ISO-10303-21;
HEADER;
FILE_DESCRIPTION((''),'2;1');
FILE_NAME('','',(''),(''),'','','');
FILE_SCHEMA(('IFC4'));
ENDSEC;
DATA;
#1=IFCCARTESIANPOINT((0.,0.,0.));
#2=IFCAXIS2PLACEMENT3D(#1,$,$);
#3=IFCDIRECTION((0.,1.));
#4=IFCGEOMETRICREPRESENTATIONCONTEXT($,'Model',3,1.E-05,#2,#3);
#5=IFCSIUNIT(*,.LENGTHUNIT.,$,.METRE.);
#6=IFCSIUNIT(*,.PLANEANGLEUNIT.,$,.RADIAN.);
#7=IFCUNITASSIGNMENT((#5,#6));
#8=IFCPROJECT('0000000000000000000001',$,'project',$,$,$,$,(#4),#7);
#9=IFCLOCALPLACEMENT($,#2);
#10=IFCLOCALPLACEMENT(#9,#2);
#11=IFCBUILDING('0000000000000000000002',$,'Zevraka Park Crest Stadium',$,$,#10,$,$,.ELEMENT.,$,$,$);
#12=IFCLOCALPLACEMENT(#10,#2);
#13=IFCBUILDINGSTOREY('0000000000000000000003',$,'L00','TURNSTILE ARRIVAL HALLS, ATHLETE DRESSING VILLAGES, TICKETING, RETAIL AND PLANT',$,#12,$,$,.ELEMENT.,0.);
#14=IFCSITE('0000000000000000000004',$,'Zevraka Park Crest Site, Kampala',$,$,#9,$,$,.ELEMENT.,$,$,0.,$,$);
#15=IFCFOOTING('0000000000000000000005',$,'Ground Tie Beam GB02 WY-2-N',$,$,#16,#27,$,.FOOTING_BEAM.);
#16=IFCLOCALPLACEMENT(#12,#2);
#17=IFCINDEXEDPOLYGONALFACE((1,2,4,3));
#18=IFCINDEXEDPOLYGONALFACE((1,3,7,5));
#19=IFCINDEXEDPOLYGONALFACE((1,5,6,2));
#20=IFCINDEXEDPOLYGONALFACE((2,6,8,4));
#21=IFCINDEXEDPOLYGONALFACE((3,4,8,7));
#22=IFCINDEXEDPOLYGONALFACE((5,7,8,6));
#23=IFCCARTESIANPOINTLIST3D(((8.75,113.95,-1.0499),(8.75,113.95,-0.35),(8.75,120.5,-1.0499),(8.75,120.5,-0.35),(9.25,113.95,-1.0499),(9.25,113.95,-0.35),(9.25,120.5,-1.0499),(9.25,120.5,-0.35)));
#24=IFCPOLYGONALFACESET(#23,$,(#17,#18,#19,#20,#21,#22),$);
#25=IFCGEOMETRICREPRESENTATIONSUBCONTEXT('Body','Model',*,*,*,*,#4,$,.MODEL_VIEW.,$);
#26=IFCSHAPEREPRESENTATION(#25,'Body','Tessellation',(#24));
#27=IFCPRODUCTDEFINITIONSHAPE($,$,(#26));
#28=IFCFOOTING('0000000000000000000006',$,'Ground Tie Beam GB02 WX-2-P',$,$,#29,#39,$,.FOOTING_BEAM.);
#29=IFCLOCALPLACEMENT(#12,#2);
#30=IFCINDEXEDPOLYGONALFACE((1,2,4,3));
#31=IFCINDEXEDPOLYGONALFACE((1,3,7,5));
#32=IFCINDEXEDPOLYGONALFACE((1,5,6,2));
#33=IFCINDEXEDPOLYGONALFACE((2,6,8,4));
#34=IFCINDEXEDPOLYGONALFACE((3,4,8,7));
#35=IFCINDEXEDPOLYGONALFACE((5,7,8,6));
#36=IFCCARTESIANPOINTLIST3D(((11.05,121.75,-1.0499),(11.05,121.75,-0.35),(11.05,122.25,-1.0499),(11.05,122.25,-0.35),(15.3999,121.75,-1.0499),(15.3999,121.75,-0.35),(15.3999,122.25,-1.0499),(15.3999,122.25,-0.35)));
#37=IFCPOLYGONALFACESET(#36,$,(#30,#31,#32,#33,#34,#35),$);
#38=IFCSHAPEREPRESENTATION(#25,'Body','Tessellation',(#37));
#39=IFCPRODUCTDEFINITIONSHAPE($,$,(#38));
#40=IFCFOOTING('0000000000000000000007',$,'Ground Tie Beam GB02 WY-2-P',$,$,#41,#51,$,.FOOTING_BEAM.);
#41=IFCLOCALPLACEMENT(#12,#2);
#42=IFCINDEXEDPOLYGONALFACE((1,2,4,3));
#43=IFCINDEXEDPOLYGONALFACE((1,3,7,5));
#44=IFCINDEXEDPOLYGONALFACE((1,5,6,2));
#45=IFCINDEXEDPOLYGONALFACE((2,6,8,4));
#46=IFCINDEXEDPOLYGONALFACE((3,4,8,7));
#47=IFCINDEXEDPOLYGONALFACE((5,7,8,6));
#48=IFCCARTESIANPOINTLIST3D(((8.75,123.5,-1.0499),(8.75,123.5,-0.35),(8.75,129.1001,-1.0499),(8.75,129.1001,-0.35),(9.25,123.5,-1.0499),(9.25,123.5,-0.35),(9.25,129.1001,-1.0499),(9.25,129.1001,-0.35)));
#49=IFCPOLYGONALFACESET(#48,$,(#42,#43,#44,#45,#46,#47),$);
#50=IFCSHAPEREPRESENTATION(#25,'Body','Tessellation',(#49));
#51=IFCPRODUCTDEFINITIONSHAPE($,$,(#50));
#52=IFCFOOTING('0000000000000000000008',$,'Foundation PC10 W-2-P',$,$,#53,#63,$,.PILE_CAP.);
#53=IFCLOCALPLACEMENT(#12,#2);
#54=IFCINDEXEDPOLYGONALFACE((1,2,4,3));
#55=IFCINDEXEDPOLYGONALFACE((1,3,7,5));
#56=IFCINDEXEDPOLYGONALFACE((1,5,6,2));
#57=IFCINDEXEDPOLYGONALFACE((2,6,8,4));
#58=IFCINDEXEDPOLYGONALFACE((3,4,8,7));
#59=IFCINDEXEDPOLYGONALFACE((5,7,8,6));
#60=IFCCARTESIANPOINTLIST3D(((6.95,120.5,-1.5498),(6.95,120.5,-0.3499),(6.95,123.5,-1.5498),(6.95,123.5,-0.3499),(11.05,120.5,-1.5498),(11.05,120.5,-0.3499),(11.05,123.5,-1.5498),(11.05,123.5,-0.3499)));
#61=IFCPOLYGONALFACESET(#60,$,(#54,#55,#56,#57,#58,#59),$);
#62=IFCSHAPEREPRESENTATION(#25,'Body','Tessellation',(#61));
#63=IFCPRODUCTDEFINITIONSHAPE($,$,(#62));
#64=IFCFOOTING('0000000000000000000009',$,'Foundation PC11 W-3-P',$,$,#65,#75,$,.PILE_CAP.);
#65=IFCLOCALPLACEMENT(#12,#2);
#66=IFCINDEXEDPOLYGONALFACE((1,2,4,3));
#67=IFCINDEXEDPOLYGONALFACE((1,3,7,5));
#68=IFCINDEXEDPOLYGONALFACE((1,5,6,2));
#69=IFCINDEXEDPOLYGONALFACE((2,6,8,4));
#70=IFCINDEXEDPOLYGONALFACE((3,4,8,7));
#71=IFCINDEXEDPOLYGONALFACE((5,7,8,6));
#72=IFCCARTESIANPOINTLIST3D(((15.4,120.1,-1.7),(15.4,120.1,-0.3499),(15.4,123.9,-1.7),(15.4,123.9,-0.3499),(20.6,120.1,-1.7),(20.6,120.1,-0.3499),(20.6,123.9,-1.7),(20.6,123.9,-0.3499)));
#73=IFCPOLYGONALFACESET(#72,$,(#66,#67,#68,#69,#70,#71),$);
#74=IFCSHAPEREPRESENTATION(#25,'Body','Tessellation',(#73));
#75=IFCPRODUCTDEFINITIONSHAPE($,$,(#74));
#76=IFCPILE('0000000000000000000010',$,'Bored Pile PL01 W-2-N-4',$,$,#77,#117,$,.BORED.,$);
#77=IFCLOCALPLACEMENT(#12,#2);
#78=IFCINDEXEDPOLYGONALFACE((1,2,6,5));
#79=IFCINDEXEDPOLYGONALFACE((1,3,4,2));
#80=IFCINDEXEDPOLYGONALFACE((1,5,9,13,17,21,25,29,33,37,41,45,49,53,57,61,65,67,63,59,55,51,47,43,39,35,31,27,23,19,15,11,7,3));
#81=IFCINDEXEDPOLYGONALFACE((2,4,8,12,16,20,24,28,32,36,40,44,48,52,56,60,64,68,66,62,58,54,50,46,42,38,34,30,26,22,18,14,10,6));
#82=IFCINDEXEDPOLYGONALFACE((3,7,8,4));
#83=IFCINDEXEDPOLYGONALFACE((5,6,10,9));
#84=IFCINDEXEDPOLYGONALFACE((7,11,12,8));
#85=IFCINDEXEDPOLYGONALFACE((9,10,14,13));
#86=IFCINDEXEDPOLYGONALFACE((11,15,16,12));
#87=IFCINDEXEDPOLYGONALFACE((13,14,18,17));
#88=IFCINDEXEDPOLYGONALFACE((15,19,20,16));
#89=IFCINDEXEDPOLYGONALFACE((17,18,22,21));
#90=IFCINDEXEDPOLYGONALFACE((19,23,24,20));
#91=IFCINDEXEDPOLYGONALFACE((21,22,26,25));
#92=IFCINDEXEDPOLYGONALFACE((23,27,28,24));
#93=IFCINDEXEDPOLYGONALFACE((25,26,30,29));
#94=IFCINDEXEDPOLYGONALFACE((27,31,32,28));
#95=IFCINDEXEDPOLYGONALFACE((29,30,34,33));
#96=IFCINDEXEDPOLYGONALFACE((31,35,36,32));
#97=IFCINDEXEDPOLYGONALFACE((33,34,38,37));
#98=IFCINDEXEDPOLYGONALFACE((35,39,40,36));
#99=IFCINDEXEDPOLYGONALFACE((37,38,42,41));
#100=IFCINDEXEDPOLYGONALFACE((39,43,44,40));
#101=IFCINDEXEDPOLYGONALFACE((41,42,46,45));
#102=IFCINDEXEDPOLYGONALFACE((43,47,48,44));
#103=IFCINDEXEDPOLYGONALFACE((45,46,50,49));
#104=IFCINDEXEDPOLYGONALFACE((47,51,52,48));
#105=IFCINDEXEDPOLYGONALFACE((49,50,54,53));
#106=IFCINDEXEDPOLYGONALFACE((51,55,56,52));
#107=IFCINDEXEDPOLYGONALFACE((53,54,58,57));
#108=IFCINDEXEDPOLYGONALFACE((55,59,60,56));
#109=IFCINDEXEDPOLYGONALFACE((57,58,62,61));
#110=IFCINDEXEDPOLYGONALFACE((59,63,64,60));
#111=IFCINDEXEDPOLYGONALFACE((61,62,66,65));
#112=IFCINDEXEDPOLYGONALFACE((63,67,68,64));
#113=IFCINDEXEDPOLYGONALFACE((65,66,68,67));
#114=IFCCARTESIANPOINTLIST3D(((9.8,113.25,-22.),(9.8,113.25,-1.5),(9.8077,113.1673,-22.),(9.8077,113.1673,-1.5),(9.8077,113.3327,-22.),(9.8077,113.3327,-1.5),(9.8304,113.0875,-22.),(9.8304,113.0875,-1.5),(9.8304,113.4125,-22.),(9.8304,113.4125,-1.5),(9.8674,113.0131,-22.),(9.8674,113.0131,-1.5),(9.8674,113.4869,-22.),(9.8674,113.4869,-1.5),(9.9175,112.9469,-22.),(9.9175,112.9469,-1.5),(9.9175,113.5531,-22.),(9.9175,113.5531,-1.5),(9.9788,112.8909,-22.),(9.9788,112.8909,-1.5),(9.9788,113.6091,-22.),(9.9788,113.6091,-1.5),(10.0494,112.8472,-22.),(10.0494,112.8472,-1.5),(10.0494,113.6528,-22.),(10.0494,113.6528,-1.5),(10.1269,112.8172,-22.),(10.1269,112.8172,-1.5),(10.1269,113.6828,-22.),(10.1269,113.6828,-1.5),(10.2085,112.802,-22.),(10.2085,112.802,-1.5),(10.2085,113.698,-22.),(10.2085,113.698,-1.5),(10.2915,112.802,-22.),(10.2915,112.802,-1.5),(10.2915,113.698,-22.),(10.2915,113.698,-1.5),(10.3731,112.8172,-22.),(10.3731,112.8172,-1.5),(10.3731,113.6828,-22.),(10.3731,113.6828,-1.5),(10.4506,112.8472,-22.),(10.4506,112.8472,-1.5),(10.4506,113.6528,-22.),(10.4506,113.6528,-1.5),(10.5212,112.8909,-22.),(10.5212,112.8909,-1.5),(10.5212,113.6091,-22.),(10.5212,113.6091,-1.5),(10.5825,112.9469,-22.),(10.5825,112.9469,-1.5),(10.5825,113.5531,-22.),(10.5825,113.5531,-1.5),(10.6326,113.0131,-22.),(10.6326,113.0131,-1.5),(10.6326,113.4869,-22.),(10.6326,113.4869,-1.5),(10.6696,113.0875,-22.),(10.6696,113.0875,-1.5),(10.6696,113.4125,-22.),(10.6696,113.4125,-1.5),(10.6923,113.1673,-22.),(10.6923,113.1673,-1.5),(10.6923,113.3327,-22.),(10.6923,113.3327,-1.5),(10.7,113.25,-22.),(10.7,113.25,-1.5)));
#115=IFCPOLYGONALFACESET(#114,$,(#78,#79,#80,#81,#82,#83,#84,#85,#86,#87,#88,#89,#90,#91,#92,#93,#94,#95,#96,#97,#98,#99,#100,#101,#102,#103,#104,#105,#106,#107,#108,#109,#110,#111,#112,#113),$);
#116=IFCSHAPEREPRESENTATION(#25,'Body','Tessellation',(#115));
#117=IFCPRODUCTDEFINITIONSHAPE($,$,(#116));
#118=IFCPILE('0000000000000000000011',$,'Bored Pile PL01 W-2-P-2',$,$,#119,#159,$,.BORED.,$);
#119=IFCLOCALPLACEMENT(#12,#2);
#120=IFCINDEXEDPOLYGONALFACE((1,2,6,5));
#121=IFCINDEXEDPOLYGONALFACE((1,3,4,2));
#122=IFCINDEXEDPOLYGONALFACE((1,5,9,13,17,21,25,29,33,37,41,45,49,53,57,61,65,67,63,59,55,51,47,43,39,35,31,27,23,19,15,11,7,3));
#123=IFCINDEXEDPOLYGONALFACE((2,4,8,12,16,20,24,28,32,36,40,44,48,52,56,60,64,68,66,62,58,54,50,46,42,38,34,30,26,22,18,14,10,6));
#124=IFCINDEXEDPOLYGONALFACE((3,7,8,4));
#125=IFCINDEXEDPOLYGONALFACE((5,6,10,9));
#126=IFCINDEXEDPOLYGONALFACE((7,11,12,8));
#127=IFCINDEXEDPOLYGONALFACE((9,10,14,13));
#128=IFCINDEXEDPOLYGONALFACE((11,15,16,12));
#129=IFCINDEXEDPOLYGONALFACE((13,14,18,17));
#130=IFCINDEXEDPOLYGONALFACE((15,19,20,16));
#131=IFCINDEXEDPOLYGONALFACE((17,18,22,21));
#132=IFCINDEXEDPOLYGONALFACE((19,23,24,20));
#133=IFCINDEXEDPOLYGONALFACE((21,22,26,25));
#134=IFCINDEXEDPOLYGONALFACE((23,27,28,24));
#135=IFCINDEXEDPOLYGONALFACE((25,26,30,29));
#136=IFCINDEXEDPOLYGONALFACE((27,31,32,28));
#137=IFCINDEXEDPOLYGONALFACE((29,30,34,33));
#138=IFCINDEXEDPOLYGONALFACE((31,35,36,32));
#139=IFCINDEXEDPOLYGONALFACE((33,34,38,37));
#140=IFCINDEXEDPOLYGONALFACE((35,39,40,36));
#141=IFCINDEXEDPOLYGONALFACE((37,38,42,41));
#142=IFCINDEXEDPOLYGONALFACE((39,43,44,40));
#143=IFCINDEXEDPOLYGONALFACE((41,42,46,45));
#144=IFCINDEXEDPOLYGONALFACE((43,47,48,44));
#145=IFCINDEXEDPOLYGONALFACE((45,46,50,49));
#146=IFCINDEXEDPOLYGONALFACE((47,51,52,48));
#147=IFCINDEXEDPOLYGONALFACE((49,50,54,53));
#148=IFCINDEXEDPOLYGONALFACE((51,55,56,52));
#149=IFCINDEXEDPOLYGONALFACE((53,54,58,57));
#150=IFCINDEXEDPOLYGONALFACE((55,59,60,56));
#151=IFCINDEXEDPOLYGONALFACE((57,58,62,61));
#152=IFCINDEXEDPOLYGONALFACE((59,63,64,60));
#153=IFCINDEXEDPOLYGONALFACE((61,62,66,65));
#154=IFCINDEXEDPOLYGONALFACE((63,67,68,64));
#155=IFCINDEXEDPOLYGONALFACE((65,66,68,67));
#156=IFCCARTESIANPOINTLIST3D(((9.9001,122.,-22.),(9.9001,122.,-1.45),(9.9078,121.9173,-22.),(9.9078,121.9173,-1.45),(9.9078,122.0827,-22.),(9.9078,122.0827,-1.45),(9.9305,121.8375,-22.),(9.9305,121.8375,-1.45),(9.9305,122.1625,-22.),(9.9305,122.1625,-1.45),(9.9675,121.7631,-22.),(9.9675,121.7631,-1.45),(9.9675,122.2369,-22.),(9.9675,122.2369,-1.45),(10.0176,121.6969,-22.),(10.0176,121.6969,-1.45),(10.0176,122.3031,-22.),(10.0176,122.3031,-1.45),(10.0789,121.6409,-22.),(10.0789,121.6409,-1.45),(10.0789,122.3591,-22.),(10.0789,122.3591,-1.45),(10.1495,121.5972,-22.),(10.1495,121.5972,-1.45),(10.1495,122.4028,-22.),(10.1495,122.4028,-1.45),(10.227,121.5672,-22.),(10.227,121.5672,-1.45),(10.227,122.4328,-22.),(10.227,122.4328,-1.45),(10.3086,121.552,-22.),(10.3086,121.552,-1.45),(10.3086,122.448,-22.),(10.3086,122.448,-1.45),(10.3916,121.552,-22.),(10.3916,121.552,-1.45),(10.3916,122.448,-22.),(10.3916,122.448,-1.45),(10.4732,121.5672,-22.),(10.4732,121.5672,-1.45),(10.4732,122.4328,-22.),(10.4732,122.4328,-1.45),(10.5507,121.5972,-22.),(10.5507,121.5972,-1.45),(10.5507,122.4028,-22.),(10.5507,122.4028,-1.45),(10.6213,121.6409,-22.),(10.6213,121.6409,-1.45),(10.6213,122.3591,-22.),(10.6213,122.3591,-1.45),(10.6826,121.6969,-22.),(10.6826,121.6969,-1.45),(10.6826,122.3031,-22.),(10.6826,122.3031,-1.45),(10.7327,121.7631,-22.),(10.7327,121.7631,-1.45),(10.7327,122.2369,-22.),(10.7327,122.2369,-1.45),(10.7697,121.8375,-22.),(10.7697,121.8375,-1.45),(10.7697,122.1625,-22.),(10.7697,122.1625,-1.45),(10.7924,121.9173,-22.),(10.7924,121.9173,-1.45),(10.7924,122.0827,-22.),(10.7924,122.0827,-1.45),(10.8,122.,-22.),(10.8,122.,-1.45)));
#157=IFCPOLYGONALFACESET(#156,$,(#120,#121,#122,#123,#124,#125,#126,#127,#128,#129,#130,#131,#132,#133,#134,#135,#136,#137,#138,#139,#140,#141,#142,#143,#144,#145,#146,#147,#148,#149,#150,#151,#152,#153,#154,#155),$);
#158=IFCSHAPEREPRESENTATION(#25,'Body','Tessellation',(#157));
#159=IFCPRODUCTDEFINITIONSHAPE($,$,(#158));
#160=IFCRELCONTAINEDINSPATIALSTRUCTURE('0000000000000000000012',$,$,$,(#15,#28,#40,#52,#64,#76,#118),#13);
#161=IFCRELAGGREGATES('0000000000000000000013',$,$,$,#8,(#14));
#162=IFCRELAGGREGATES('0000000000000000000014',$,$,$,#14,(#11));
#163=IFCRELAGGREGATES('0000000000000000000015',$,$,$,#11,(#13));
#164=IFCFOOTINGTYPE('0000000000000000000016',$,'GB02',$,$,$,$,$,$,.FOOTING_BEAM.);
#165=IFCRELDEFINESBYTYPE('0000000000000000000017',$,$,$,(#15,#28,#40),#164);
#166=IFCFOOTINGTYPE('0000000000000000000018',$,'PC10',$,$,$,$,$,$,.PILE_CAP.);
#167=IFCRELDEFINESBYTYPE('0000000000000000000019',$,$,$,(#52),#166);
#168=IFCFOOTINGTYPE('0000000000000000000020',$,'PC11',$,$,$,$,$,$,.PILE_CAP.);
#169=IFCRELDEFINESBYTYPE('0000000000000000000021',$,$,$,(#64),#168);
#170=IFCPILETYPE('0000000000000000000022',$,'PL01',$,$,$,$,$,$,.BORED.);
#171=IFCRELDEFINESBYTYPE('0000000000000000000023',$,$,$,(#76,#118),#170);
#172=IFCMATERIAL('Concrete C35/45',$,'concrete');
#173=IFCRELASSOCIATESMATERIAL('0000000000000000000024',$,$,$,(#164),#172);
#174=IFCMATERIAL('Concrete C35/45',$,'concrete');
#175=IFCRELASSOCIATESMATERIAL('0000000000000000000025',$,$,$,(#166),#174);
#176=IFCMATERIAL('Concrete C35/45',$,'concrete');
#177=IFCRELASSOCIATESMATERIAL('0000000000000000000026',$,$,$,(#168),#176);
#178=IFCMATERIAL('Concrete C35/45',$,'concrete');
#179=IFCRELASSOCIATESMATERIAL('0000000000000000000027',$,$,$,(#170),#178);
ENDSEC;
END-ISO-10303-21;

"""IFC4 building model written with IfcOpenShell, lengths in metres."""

from ifc_helpers import new_model, si_unit, direction, frame, origin, origin_2d, place, context, subcontext, project, spatial, rectangle, circle, extrude, material, material_profile, profile_set, type_object, element, save


model = new_model("IFC4")

# Units and contexts
model_context = context("Model", 3, precision=1e-05, world=origin(), true_north=direction((0.0, 1.0)))
body_context = subcontext(model_context, "Body", "Model", "MODEL_VIEW")
ifc_project = project(units=[si_unit("LENGTHUNIT", "METRE"), si_unit("PLANEANGLEUNIT", "RADIAN")], contexts=[model_context])

# Site, building, storey
site_placement = place(None, origin())
site = spatial("IfcSite", under=ifc_project, at=site_placement, Name="Zevraka Park Crest Site, Kampala", CompositionType="ELEMENT", RefElevation=0.0)
building_placement = place(site_placement, origin())
building = spatial("IfcBuilding", under=site, at=building_placement, Name="Zevraka Park Crest Stadium", CompositionType="ELEMENT")
storey_placement = place(building_placement, origin())
storey = spatial("IfcBuildingStorey", under=building, at=storey_placement, Name="L00", Description="TURNSTILE ARRIVAL HALLS, ATHLETE DRESSING VILLAGES, TICKETING, RETAIL AND PLANT", CompositionType="ELEMENT", Elevation=0.0)

# Footings
ifc_material_1 = material(Name="Concrete C35/45", Category="concrete")
ifc_material_profile_1 = material_profile(ifc_material_1, rectangle(XDim=0.5, YDim=0.7, at=origin_2d()), Name="GB 700x500")
ifc_profile_set_1 = profile_set([ifc_material_profile_1], Name="Concrete C35/45")
footing_type_1 = type_object("IfcFootingType", Name="GB02", PredefinedType="FOOTING_BEAM", material=ifc_profile_set_1)
footing_1_placement = place(storey_placement, frame((9.0, 113.95, -0.7), z_axis=(0.0, 1.0, 0.0), x_axis=(-1.0, 0.0, 0.0)))
element("IfcFooting", 1, at=footing_1_placement, inside=storey, type_object=footing_type_1, Name="Ground Tie Beam GB02 WY-2-N", PredefinedType="FOOTING_BEAM", context=body_context, shape_type="SweptSolid", body=[
    extrude(rectangle(XDim=0.5, YDim=0.7, at=origin_2d()), origin(), (0.0, 0.0, 1.0), 6.55),
])
footing_2_placement = place(storey_placement, frame((11.05, 122.0, -0.7), z_axis=(1.0, 0.0, 0.0), x_axis=(0.0, 1.0, 0.0)))
element("IfcFooting", 2, at=footing_2_placement, inside=storey, type_object=footing_type_1, Name="Ground Tie Beam GB02 WX-2-P", PredefinedType="FOOTING_BEAM", context=body_context, shape_type="SweptSolid", body=[
    extrude(rectangle(XDim=0.5, YDim=0.7, at=origin_2d()), origin(), (0.0, 0.0, 1.0), 4.3499),
])
footing_3_placement = place(storey_placement, frame((9.0, 123.5, -0.7), z_axis=(0.0, 1.0, 0.0), x_axis=(-1.0, 0.0, 0.0)))
element("IfcFooting", 3, at=footing_3_placement, inside=storey, type_object=footing_type_1, Name="Ground Tie Beam GB02 WY-2-P", PredefinedType="FOOTING_BEAM", context=body_context, shape_type="SweptSolid", body=[
    extrude(rectangle(XDim=0.5, YDim=0.7, at=origin_2d()), origin(), (0.0, 0.0, 1.0), 5.6001),
])
ifc_material_2 = material(Name="Concrete C35/45", Category="concrete")
footing_type_2 = type_object("IfcFootingType", Name="PC10", PredefinedType="PILE_CAP", material=ifc_material_2)
footing_4_placement = place(storey_placement, frame((9.0, 122.0, -1.5498), z_axis=(0.0, 0.0, 1.0), x_axis=(1.0, 0.0, 0.0)))
element("IfcFooting", 4, at=footing_4_placement, inside=storey, type_object=footing_type_2, Name="Foundation PC10 W-2-P", PredefinedType="PILE_CAP", context=body_context, shape_type="SweptSolid", body=[
    extrude(rectangle(XDim=4.1001, YDim=3.0, at=origin_2d()), origin(), (0.0, 0.0, 1.0), 1.2),
])
ifc_material_3 = material(Name="Concrete C35/45", Category="concrete")
footing_type_3 = type_object("IfcFootingType", Name="PC11", PredefinedType="PILE_CAP", material=ifc_material_3)
footing_5_placement = place(storey_placement, frame((18.0, 122.0, -1.7), z_axis=(0.0, 0.0, 1.0), x_axis=(1.0, 0.0, 0.0)))
element("IfcFooting", 5, at=footing_5_placement, inside=storey, type_object=footing_type_3, Name="Foundation PC11 W-3-P", PredefinedType="PILE_CAP", context=body_context, shape_type="SweptSolid", body=[
    extrude(rectangle(XDim=5.2, YDim=3.8, at=origin_2d()), origin(), (0.0, 0.0, 1.0), 1.3501),
])

# Piles
ifc_material_4 = material(Name="Concrete C35/45", Category="concrete")
ifc_material_profile_2 = material_profile(ifc_material_4, circle(Radius=0.45, at=origin_2d()), Name="PILE D900")
ifc_profile_set_2 = profile_set([ifc_material_profile_2], Name="Concrete C35/45")
pile_type_1 = type_object("IfcPileType", Name="PL01", PredefinedType="BORED", material=ifc_profile_set_2)
pile_1_placement = place(storey_placement, frame((10.25, 113.25, -1.5), z_axis=(0.0, 0.0, -1.0), x_axis=(1.0, 0.0, 0.0)))
element("IfcPile", 6, at=pile_1_placement, inside=storey, type_object=pile_type_1, Name="Bored Pile PL01 W-2-N-4", PredefinedType="BORED", context=body_context, shape_type="SweptSolid", body=[
    extrude(circle(Radius=0.45, at=origin_2d()), origin(), (0.0, 0.0, 1.0), 20.5),
])
pile_2_placement = place(storey_placement, frame((10.3501, 122.0, -1.45), z_axis=(0.0, 0.0, -1.0), x_axis=(1.0, 0.0, 0.0)))
element("IfcPile", 7, at=pile_2_placement, inside=storey, type_object=pile_type_1, Name="Bored Pile PL01 W-2-P-2", PredefinedType="BORED", context=body_context, shape_type="SweptSolid", body=[
    extrude(circle(Radius=0.45, at=origin_2d()), origin(), (0.0, 0.0, 1.0), 20.55),
])

save(model, "model.ifc")
